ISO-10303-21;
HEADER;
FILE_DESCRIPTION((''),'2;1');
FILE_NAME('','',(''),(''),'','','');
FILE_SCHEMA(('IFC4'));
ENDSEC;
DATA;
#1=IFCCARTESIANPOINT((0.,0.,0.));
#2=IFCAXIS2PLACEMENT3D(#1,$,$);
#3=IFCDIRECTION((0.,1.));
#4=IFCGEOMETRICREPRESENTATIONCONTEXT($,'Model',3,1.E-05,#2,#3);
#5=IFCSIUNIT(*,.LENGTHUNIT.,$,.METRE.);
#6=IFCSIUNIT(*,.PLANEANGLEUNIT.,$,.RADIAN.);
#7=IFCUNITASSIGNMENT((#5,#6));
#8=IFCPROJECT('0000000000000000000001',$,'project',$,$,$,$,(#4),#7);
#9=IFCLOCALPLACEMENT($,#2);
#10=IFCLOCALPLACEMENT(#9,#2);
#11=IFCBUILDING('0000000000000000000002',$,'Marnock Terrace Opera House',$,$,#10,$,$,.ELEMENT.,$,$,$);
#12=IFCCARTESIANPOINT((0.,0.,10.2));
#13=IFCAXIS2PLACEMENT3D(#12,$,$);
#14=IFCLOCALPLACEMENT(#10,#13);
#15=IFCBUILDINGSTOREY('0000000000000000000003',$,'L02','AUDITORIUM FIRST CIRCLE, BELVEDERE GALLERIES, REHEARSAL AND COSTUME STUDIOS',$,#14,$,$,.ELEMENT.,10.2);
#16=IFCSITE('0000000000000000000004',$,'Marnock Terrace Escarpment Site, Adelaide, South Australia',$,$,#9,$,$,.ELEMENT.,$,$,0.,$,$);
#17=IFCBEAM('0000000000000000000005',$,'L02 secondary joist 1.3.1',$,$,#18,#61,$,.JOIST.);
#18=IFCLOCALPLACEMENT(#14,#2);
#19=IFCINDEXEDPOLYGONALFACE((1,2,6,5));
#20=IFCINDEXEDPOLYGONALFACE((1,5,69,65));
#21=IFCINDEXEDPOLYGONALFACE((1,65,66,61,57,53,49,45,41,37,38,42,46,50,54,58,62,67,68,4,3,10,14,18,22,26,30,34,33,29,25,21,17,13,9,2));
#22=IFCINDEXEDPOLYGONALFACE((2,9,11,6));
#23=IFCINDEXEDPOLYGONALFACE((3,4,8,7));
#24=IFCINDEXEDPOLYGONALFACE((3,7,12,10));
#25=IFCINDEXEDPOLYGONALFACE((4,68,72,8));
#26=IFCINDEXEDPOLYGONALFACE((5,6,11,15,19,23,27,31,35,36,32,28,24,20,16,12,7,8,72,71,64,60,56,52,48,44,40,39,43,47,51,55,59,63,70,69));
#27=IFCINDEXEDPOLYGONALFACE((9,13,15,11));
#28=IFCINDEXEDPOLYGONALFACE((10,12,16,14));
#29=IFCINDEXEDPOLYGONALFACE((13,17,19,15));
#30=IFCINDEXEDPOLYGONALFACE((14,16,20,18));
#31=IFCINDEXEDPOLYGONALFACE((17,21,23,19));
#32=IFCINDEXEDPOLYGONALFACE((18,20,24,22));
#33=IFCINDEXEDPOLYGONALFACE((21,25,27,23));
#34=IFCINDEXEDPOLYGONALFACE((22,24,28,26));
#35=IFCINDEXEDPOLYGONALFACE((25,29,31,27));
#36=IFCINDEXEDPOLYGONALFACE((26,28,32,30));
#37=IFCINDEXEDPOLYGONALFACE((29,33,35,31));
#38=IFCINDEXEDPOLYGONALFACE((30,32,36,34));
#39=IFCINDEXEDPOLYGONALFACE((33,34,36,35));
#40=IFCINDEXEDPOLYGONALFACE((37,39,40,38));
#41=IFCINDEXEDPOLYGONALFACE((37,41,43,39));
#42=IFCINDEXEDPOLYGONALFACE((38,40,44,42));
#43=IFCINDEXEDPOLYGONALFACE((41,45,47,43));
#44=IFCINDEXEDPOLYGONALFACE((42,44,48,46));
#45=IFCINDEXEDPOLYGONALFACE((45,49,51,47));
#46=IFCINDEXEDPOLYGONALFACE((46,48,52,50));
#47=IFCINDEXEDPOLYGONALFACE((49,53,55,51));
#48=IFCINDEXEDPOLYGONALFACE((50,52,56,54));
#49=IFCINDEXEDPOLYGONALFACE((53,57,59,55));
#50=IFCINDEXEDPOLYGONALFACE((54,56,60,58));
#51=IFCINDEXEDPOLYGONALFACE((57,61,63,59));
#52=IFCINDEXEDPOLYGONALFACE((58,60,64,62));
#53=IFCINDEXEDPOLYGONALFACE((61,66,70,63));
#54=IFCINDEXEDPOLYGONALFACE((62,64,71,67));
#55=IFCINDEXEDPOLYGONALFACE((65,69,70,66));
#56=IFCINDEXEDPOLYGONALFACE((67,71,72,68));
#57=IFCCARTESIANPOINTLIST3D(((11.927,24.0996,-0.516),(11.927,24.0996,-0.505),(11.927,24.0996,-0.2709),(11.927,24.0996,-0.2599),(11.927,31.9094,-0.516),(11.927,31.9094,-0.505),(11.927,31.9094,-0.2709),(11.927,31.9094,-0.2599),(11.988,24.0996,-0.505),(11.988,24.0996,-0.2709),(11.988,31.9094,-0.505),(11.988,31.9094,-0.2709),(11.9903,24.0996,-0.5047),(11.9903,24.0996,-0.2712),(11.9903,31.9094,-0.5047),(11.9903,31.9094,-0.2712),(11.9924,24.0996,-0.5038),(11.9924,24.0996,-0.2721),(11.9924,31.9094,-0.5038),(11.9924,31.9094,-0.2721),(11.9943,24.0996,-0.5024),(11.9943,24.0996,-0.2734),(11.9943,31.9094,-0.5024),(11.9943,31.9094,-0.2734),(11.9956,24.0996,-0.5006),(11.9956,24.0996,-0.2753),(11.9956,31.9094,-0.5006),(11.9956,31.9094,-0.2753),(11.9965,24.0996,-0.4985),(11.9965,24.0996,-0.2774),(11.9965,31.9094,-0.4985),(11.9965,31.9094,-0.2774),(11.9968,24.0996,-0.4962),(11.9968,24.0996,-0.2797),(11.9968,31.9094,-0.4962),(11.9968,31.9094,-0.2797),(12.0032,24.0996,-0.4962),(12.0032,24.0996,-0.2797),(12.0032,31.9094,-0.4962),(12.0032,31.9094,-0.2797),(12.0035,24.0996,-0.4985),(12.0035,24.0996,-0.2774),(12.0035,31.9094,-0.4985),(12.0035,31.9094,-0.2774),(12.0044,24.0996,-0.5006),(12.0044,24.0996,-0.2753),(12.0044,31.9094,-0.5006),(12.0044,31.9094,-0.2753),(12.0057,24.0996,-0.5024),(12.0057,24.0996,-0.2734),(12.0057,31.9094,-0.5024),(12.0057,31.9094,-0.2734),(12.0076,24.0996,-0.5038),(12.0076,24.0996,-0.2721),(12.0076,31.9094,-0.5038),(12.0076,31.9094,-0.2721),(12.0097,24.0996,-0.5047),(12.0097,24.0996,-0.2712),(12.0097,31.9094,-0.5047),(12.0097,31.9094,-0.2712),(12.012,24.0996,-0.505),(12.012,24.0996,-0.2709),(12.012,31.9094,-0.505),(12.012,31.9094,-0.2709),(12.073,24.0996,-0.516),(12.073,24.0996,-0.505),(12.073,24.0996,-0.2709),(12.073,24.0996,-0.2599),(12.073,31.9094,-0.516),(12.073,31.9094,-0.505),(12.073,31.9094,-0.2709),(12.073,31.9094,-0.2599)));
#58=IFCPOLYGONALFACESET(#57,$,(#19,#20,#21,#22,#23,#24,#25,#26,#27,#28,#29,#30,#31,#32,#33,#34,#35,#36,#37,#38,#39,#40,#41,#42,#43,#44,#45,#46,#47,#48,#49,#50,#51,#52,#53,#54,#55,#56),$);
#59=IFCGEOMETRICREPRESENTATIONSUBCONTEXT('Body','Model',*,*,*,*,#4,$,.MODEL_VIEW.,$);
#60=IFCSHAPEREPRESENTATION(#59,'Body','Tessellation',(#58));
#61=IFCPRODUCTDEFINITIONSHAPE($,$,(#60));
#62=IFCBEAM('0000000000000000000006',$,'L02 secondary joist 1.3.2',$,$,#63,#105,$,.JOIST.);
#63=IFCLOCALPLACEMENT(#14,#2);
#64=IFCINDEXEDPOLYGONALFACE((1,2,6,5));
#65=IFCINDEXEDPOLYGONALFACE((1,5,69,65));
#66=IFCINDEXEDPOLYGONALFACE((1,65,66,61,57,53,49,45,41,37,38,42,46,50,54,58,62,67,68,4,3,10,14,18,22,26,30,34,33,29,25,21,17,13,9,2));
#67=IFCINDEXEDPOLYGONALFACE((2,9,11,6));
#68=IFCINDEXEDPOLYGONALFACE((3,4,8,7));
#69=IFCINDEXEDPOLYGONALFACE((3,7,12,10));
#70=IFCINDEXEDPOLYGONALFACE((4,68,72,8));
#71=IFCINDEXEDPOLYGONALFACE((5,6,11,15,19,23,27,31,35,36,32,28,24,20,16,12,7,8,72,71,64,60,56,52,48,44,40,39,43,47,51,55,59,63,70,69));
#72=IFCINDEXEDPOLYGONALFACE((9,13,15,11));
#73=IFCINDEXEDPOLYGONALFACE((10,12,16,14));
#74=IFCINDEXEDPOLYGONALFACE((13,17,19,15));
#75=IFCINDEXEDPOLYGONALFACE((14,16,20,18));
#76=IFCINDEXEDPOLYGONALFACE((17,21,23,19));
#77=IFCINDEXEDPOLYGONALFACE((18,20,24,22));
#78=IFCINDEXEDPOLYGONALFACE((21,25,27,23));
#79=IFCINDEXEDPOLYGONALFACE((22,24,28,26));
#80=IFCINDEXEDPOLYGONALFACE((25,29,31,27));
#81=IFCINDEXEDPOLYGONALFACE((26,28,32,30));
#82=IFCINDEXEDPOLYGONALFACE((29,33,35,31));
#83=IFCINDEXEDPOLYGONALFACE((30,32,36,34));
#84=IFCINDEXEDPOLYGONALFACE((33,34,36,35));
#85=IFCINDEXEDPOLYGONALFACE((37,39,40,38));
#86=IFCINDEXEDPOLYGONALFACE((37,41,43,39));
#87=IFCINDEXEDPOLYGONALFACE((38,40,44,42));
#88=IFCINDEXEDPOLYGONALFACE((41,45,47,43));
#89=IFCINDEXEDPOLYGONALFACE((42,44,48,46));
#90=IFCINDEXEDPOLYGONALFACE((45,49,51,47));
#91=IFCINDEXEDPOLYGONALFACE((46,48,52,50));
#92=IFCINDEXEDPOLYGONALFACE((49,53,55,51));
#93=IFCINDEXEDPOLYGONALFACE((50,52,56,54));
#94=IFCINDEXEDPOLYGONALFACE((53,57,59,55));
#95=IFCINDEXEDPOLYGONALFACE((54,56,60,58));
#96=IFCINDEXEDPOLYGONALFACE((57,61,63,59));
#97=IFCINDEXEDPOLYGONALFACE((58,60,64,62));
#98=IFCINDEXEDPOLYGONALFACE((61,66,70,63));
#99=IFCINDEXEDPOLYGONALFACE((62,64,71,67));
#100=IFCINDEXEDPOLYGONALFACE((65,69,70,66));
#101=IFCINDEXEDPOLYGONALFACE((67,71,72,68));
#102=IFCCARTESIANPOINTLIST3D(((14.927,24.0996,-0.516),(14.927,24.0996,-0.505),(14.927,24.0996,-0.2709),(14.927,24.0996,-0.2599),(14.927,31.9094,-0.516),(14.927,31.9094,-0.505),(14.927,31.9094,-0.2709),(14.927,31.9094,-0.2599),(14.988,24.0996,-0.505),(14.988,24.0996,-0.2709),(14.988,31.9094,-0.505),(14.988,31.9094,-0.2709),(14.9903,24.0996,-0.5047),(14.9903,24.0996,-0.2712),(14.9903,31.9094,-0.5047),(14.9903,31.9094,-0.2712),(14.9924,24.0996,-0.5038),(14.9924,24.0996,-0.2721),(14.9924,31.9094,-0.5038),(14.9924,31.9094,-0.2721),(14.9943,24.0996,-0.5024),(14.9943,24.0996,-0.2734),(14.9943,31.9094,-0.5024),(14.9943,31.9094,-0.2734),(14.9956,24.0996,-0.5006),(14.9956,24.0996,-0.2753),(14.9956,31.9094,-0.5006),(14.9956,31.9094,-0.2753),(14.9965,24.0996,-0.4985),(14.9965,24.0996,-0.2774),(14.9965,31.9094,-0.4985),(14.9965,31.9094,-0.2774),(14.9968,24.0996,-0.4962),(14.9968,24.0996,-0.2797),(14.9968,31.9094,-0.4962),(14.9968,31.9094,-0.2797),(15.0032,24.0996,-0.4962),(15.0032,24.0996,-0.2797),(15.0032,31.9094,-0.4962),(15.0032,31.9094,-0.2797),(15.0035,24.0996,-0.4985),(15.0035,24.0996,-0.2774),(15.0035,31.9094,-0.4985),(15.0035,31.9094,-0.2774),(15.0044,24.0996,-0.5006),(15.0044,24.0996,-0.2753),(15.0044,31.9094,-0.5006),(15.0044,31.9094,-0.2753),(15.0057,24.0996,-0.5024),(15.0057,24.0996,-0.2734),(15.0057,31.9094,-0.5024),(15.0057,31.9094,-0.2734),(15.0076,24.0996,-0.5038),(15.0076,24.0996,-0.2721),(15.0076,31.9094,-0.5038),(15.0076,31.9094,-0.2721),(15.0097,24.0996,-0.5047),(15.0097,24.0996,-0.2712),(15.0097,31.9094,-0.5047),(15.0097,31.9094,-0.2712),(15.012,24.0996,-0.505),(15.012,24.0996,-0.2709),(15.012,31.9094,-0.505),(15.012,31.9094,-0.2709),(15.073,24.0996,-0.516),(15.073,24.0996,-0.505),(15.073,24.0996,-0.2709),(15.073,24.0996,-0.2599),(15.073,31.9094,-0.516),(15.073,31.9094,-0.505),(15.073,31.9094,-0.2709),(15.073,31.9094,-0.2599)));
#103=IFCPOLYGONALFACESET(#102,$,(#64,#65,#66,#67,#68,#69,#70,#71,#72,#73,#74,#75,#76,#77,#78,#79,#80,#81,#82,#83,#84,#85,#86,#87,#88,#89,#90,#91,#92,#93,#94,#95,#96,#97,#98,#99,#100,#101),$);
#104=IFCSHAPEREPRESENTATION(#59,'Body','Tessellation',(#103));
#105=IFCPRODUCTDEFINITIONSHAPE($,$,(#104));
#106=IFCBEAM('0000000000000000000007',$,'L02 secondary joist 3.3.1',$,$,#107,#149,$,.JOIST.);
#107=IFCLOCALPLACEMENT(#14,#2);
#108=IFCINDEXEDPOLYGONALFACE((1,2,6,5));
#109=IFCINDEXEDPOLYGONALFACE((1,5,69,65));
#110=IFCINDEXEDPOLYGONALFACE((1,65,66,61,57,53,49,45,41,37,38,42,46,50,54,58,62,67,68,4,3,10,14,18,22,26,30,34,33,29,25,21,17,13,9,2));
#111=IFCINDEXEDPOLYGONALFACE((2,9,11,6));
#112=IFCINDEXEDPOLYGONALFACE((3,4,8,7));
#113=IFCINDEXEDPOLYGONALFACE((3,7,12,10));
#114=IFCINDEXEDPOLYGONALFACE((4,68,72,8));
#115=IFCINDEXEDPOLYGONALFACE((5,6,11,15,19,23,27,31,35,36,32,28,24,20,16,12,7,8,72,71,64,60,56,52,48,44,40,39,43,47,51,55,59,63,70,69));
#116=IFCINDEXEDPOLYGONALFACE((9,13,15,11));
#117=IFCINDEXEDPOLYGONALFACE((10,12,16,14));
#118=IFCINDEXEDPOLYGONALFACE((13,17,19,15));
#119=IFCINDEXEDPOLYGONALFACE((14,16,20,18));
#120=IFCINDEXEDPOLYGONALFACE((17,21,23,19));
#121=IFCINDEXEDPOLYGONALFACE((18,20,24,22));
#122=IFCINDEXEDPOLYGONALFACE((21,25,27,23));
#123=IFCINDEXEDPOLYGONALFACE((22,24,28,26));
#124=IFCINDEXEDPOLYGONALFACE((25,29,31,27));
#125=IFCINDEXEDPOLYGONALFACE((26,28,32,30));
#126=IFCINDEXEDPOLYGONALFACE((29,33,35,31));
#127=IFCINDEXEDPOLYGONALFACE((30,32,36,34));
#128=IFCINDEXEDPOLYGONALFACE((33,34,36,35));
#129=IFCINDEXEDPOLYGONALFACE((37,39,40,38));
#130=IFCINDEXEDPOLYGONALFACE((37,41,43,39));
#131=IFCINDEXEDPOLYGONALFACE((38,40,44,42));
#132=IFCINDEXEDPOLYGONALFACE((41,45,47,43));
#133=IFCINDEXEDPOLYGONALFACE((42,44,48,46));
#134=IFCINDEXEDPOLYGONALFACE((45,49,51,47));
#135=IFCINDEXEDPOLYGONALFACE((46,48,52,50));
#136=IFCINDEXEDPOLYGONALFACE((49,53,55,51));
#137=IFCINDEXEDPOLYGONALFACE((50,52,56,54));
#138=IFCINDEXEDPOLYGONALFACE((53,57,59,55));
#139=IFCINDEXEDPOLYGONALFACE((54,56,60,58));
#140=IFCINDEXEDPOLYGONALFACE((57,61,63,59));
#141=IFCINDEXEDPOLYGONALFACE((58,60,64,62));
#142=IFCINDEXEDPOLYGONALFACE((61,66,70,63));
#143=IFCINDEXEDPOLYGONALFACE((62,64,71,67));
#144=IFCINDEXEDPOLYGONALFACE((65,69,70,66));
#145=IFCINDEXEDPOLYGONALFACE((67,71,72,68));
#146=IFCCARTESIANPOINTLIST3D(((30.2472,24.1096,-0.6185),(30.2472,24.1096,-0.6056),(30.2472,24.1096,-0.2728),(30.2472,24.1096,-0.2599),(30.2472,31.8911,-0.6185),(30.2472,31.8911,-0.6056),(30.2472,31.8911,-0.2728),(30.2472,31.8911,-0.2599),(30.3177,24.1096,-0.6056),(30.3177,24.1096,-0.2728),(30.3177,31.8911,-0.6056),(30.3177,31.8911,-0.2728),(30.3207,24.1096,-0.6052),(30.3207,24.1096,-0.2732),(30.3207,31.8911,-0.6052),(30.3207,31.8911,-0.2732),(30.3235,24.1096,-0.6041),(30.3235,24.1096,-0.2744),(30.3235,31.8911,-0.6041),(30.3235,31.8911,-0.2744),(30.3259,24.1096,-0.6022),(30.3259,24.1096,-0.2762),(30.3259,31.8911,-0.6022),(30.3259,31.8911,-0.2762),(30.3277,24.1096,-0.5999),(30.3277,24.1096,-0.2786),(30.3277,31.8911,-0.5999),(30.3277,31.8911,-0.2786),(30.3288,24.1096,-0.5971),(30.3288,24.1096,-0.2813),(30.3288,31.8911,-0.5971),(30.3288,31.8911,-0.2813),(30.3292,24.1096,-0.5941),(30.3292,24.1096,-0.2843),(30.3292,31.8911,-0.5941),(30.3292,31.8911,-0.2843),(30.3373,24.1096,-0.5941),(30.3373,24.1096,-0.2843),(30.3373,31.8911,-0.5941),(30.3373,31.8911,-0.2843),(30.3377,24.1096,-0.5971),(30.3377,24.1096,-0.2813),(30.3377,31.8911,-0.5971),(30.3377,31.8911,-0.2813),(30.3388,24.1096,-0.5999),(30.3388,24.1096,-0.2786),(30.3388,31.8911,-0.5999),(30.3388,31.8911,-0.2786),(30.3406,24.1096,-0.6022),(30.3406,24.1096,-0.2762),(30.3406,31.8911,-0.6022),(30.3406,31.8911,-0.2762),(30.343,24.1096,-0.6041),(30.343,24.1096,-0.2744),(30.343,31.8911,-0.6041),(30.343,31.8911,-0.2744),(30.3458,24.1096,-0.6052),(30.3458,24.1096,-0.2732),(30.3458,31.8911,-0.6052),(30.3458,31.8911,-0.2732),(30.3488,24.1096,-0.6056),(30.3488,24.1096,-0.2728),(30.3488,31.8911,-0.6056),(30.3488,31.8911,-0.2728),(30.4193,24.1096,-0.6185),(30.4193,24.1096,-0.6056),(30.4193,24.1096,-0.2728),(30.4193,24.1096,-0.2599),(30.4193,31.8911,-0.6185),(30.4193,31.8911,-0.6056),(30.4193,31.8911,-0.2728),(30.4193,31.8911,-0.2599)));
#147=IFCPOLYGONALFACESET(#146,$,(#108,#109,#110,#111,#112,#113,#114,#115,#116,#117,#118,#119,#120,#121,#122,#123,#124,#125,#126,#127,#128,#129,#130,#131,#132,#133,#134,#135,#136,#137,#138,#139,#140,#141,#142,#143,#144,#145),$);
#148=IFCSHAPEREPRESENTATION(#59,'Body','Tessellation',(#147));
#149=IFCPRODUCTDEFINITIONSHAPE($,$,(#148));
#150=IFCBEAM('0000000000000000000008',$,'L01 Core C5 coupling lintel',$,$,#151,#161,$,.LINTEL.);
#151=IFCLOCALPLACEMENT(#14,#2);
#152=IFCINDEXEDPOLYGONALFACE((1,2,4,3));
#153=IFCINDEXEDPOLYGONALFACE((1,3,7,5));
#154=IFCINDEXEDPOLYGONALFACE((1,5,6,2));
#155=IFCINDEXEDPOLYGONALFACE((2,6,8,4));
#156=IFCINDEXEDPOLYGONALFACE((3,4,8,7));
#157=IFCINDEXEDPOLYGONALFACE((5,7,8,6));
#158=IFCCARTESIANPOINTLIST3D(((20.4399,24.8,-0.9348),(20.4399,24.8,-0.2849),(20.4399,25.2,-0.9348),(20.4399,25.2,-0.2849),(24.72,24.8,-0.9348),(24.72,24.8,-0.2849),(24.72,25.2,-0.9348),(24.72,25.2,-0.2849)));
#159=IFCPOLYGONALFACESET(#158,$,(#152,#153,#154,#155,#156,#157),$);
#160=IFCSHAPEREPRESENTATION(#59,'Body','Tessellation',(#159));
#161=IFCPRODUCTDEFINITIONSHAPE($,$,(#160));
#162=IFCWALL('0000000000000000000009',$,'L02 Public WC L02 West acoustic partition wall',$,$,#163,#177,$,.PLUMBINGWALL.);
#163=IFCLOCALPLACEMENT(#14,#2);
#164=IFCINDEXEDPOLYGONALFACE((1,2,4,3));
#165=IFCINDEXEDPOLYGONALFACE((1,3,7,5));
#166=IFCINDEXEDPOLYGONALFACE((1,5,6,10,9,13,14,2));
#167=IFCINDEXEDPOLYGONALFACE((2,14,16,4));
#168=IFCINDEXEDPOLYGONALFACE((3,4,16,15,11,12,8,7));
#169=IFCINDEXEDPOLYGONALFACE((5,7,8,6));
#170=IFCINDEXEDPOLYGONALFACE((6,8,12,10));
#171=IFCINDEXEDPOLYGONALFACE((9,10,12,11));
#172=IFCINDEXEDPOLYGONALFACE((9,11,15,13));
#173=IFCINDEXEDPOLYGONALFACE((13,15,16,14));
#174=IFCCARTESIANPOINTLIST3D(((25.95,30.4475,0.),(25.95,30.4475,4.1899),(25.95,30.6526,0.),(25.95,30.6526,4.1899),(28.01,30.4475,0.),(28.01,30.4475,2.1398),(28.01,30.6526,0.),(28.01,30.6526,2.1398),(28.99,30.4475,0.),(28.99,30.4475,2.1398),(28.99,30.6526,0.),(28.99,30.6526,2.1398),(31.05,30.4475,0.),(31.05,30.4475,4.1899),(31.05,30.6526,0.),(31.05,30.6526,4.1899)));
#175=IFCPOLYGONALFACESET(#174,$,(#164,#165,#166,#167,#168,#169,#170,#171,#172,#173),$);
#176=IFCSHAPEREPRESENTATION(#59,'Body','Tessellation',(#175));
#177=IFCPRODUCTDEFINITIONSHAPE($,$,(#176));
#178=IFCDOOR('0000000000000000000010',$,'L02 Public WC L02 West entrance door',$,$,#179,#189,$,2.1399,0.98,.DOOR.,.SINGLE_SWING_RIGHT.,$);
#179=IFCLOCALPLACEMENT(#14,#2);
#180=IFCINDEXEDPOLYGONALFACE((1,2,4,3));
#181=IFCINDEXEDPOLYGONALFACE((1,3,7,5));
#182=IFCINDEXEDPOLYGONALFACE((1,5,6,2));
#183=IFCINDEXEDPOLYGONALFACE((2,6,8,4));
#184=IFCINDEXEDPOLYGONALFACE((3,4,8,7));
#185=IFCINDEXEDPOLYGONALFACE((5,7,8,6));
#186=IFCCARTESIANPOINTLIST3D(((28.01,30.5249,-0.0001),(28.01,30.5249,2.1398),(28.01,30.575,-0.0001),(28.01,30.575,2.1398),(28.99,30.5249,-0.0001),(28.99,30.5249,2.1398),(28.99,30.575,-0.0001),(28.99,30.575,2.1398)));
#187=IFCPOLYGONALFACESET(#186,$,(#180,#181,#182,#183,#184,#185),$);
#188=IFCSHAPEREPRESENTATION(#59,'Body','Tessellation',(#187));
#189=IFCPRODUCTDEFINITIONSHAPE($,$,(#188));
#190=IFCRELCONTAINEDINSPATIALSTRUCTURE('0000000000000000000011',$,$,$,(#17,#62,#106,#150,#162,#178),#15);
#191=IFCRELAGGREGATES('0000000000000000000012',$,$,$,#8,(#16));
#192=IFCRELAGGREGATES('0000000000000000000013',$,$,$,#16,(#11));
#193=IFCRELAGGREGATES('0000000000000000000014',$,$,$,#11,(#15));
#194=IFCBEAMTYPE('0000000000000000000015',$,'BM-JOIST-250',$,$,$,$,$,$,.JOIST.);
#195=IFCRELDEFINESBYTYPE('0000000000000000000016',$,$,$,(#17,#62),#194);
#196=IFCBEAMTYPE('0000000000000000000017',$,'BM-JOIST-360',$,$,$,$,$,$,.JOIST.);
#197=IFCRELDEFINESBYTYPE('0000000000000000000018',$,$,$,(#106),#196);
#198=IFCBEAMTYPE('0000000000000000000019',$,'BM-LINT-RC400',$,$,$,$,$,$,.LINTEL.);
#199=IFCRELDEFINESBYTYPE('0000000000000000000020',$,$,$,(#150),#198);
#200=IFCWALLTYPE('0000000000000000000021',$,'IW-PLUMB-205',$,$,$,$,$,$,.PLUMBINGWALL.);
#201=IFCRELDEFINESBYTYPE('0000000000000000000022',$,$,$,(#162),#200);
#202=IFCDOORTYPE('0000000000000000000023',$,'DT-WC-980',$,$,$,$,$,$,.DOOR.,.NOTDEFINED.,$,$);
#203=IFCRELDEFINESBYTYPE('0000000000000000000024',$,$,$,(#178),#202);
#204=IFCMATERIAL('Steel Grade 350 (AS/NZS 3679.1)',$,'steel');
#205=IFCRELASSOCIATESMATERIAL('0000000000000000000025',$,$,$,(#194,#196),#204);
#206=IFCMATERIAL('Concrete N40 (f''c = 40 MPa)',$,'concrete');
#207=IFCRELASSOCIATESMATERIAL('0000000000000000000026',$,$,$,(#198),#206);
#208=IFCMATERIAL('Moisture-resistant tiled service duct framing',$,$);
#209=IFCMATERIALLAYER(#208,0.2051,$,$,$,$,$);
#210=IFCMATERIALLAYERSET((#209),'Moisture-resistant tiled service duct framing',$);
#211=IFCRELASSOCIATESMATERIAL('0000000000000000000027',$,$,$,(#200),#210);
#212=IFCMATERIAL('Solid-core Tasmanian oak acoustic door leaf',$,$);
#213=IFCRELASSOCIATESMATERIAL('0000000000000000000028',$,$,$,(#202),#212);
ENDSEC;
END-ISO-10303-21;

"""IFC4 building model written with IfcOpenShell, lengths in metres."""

from ifc_helpers import new_model, si_unit, direction, frame, frame_2d, origin, origin_2d, place, context, subcontext, project, spatial, rectangle, i_section, extrude, material, layer, layer_set, material_profile, profile_set, type_object, element, fill, save


model = new_model("IFC4")

# Units and contexts
model_context = context("Model", 3, precision=1e-05, world=origin(), true_north=direction((0.0, 1.0)))
body_context = subcontext(model_context, "Body", "Model", "MODEL_VIEW")
ifc_project = project(units=[si_unit("LENGTHUNIT", "METRE"), si_unit("PLANEANGLEUNIT", "RADIAN")], contexts=[model_context])

# Site, building, storey
site_placement = place(None, origin())
site = spatial("IfcSite", under=ifc_project, at=site_placement, Name="Marnock Terrace Escarpment Site, Adelaide, South Australia", CompositionType="ELEMENT", RefElevation=0.0)
building_placement = place(site_placement, origin())
building = spatial("IfcBuilding", under=site, at=building_placement, Name="Marnock Terrace Opera House", CompositionType="ELEMENT")
storey_placement = place(building_placement, frame((0.0, 0.0, 10.2)))
storey = spatial("IfcBuildingStorey", under=building, at=storey_placement, Name="L02", Description="AUDITORIUM FIRST CIRCLE, BELVEDERE GALLERIES, REHEARSAL AND COSTUME STUDIOS", CompositionType="ELEMENT", Elevation=10.2)

# Beams
ifc_material_1 = material(Name="Steel Grade 350 (AS/NZS 3679.1)", Category="steel")
ifc_material_profile_1 = material_profile(ifc_material_1, i_section(OverallWidth=0.146, OverallDepth=0.2561, WebThickness=0.0063, FlangeThickness=0.011, FilletRadius=0.0088, at=origin_2d()))
ifc_profile_set_1 = profile_set([ifc_material_profile_1], Name="Steel Grade 350 (AS/NZS 3679.1)")
beam_type_1 = type_object("IfcBeamType", Name="BM-JOIST-250", PredefinedType="JOIST", material=ifc_profile_set_1)
for number, where, z_axis, x_axis, name in (
    (1, (12.0, 24.0996, -0.3879), (0.0, 1.0, 0.0), (-1.0, 0.0, 0.0), "L02 secondary joist 1.3.1"),
    (2, (15.0, 24.0996, -0.3879), (0.0, 1.0, 0.0), (-1.0, 0.0, 0.0), "L02 secondary joist 1.3.2"),
):
    element("IfcBeam", number, at=place(storey_placement, frame(where, z_axis=z_axis, x_axis=x_axis)), inside=storey, type_object=beam_type_1, Name=name, PredefinedType="JOIST", context=body_context, shape_type="SweptSolid", body=[
        extrude(i_section(OverallWidth=0.146, OverallDepth=0.2561, WebThickness=0.0063, FlangeThickness=0.011, FilletRadius=0.0088, at=origin_2d()), origin(), (0.0, 0.0, 1.0), 7.8098),
    ])
ifc_material_profile_2 = material_profile(ifc_material_1, i_section(OverallWidth=0.1721, OverallDepth=0.3586, WebThickness=0.0081, FlangeThickness=0.0129, FilletRadius=0.0115, at=origin_2d()))
ifc_profile_set_2 = profile_set([ifc_material_profile_2], Name="Steel Grade 350 (AS/NZS 3679.1)")
beam_type_2 = type_object("IfcBeamType", Name="BM-JOIST-360", PredefinedType="JOIST", material=ifc_profile_set_2)
beam_1_placement = place(storey_placement, frame((30.3333, 24.1096, -0.4392), z_axis=(0.0, 1.0, 0.0), x_axis=(-1.0, 0.0, 0.0)))
element("IfcBeam", 3, at=beam_1_placement, inside=storey, type_object=beam_type_2, Name="L02 secondary joist 3.3.1", PredefinedType="JOIST", context=body_context, shape_type="SweptSolid", body=[
    extrude(i_section(OverallWidth=0.1721, OverallDepth=0.3586, WebThickness=0.0081, FlangeThickness=0.0129, FilletRadius=0.0115, at=origin_2d()), origin(), (0.0, 0.0, 1.0), 7.7815),
])
ifc_material_2 = material(Name="Concrete N40 (f'c = 40 MPa)", Category="concrete")
ifc_material_profile_3 = material_profile(ifc_material_2, rectangle(XDim=0.3999, YDim=0.6499, at=origin_2d()))
ifc_profile_set_3 = profile_set([ifc_material_profile_3], Name="Concrete N40 (f'c = 40 MPa)")
beam_type_3 = type_object("IfcBeamType", Name="BM-LINT-RC400", PredefinedType="LINTEL", material=ifc_profile_set_3)
beam_2_placement = place(storey_placement, frame((20.4399, 25.0, -0.6099), z_axis=(1.0, 0.0, 0.0), x_axis=(0.0, 1.0, 0.0)))
element("IfcBeam", 4, at=beam_2_placement, inside=storey, type_object=beam_type_3, Name="L01 Core C5 coupling lintel", PredefinedType="LINTEL", context=body_context, shape_type="SweptSolid", body=[
    extrude(rectangle(XDim=0.3999, YDim=0.6499, at=origin_2d()), origin(), (0.0, 0.0, 1.0), 4.28),
])

# Wall, opening, door
ifc_material_3 = material(Name="Moisture-resistant tiled service duct framing")
ifc_layer_1 = layer(ifc_material_3, 0.2051)
ifc_layer_set_1 = layer_set([ifc_layer_1], Name="Moisture-resistant tiled service duct framing")
wall_type_1 = type_object("IfcWallType", Name="IW-PLUMB-205", PredefinedType="PLUMBINGWALL", material=ifc_layer_set_1)
wall_1_placement = place(storey_placement, frame((25.95, 30.55, 0.0), z_axis=(0.0, 0.0, 1.0), x_axis=(1.0, 0.0, 0.0)))
wall_1 = element("IfcWall", 5, at=wall_1_placement, inside=storey, type_object=wall_type_1, Name="L02 Public WC L02 West acoustic partition wall", PredefinedType="PLUMBINGWALL", context=body_context, shape_type="SweptSolid", body=[
    extrude(rectangle(XDim=5.1001, YDim=0.2051, at=frame_2d((2.55, 0.0))), origin(), (0.0, 0.0, 1.0), 4.1899),
])
opening_1_placement = place(wall_1_placement, frame((2.0601, 0.0, 0.0)))
opening_1 = element("IfcOpeningElement", 6, at=opening_1_placement, cuts=wall_1, PredefinedType="OPENING", context=body_context, shape_type="SweptSolid", body=[
    extrude(rectangle(XDim=0.98, YDim=2.1399, at=frame_2d((0.49, 1.0698))), frame((0.0, 0.1125, 0.0), z_axis=(0.0, -1.0, 0.0), x_axis=(1.0, 0.0, 0.0)), (0.0, 0.0, 1.0), 0.2251),
])
ifc_material_4 = material(Name="Solid-core Tasmanian oak acoustic door leaf")
door_type_1 = type_object("IfcDoorType", Name="DT-WC-980", OperationType="NOTDEFINED", PredefinedType="DOOR", material=ifc_material_4)
door_1_placement = place(opening_1_placement, origin())
door_1 = element("IfcDoor", 7, at=door_1_placement, inside=storey, type_object=door_type_1, Name="L02 Public WC L02 West entrance door", OperationType="SINGLE_SWING_RIGHT", OverallHeight=2.1399, OverallWidth=0.98, PredefinedType="DOOR", context=body_context, shape_type="SweptSolid", body=[
    extrude(rectangle(XDim=0.98, YDim=2.1399, at=frame_2d((0.49, 1.0698))), frame((0.0, 0.0249, 0.0), z_axis=(0.0, -1.0, 0.0), x_axis=(1.0, 0.0, 0.0)), (0.0, 0.0, 1.0), 0.05),
])
fill(opening_1, door_1)

save(model, "model.ifc")
